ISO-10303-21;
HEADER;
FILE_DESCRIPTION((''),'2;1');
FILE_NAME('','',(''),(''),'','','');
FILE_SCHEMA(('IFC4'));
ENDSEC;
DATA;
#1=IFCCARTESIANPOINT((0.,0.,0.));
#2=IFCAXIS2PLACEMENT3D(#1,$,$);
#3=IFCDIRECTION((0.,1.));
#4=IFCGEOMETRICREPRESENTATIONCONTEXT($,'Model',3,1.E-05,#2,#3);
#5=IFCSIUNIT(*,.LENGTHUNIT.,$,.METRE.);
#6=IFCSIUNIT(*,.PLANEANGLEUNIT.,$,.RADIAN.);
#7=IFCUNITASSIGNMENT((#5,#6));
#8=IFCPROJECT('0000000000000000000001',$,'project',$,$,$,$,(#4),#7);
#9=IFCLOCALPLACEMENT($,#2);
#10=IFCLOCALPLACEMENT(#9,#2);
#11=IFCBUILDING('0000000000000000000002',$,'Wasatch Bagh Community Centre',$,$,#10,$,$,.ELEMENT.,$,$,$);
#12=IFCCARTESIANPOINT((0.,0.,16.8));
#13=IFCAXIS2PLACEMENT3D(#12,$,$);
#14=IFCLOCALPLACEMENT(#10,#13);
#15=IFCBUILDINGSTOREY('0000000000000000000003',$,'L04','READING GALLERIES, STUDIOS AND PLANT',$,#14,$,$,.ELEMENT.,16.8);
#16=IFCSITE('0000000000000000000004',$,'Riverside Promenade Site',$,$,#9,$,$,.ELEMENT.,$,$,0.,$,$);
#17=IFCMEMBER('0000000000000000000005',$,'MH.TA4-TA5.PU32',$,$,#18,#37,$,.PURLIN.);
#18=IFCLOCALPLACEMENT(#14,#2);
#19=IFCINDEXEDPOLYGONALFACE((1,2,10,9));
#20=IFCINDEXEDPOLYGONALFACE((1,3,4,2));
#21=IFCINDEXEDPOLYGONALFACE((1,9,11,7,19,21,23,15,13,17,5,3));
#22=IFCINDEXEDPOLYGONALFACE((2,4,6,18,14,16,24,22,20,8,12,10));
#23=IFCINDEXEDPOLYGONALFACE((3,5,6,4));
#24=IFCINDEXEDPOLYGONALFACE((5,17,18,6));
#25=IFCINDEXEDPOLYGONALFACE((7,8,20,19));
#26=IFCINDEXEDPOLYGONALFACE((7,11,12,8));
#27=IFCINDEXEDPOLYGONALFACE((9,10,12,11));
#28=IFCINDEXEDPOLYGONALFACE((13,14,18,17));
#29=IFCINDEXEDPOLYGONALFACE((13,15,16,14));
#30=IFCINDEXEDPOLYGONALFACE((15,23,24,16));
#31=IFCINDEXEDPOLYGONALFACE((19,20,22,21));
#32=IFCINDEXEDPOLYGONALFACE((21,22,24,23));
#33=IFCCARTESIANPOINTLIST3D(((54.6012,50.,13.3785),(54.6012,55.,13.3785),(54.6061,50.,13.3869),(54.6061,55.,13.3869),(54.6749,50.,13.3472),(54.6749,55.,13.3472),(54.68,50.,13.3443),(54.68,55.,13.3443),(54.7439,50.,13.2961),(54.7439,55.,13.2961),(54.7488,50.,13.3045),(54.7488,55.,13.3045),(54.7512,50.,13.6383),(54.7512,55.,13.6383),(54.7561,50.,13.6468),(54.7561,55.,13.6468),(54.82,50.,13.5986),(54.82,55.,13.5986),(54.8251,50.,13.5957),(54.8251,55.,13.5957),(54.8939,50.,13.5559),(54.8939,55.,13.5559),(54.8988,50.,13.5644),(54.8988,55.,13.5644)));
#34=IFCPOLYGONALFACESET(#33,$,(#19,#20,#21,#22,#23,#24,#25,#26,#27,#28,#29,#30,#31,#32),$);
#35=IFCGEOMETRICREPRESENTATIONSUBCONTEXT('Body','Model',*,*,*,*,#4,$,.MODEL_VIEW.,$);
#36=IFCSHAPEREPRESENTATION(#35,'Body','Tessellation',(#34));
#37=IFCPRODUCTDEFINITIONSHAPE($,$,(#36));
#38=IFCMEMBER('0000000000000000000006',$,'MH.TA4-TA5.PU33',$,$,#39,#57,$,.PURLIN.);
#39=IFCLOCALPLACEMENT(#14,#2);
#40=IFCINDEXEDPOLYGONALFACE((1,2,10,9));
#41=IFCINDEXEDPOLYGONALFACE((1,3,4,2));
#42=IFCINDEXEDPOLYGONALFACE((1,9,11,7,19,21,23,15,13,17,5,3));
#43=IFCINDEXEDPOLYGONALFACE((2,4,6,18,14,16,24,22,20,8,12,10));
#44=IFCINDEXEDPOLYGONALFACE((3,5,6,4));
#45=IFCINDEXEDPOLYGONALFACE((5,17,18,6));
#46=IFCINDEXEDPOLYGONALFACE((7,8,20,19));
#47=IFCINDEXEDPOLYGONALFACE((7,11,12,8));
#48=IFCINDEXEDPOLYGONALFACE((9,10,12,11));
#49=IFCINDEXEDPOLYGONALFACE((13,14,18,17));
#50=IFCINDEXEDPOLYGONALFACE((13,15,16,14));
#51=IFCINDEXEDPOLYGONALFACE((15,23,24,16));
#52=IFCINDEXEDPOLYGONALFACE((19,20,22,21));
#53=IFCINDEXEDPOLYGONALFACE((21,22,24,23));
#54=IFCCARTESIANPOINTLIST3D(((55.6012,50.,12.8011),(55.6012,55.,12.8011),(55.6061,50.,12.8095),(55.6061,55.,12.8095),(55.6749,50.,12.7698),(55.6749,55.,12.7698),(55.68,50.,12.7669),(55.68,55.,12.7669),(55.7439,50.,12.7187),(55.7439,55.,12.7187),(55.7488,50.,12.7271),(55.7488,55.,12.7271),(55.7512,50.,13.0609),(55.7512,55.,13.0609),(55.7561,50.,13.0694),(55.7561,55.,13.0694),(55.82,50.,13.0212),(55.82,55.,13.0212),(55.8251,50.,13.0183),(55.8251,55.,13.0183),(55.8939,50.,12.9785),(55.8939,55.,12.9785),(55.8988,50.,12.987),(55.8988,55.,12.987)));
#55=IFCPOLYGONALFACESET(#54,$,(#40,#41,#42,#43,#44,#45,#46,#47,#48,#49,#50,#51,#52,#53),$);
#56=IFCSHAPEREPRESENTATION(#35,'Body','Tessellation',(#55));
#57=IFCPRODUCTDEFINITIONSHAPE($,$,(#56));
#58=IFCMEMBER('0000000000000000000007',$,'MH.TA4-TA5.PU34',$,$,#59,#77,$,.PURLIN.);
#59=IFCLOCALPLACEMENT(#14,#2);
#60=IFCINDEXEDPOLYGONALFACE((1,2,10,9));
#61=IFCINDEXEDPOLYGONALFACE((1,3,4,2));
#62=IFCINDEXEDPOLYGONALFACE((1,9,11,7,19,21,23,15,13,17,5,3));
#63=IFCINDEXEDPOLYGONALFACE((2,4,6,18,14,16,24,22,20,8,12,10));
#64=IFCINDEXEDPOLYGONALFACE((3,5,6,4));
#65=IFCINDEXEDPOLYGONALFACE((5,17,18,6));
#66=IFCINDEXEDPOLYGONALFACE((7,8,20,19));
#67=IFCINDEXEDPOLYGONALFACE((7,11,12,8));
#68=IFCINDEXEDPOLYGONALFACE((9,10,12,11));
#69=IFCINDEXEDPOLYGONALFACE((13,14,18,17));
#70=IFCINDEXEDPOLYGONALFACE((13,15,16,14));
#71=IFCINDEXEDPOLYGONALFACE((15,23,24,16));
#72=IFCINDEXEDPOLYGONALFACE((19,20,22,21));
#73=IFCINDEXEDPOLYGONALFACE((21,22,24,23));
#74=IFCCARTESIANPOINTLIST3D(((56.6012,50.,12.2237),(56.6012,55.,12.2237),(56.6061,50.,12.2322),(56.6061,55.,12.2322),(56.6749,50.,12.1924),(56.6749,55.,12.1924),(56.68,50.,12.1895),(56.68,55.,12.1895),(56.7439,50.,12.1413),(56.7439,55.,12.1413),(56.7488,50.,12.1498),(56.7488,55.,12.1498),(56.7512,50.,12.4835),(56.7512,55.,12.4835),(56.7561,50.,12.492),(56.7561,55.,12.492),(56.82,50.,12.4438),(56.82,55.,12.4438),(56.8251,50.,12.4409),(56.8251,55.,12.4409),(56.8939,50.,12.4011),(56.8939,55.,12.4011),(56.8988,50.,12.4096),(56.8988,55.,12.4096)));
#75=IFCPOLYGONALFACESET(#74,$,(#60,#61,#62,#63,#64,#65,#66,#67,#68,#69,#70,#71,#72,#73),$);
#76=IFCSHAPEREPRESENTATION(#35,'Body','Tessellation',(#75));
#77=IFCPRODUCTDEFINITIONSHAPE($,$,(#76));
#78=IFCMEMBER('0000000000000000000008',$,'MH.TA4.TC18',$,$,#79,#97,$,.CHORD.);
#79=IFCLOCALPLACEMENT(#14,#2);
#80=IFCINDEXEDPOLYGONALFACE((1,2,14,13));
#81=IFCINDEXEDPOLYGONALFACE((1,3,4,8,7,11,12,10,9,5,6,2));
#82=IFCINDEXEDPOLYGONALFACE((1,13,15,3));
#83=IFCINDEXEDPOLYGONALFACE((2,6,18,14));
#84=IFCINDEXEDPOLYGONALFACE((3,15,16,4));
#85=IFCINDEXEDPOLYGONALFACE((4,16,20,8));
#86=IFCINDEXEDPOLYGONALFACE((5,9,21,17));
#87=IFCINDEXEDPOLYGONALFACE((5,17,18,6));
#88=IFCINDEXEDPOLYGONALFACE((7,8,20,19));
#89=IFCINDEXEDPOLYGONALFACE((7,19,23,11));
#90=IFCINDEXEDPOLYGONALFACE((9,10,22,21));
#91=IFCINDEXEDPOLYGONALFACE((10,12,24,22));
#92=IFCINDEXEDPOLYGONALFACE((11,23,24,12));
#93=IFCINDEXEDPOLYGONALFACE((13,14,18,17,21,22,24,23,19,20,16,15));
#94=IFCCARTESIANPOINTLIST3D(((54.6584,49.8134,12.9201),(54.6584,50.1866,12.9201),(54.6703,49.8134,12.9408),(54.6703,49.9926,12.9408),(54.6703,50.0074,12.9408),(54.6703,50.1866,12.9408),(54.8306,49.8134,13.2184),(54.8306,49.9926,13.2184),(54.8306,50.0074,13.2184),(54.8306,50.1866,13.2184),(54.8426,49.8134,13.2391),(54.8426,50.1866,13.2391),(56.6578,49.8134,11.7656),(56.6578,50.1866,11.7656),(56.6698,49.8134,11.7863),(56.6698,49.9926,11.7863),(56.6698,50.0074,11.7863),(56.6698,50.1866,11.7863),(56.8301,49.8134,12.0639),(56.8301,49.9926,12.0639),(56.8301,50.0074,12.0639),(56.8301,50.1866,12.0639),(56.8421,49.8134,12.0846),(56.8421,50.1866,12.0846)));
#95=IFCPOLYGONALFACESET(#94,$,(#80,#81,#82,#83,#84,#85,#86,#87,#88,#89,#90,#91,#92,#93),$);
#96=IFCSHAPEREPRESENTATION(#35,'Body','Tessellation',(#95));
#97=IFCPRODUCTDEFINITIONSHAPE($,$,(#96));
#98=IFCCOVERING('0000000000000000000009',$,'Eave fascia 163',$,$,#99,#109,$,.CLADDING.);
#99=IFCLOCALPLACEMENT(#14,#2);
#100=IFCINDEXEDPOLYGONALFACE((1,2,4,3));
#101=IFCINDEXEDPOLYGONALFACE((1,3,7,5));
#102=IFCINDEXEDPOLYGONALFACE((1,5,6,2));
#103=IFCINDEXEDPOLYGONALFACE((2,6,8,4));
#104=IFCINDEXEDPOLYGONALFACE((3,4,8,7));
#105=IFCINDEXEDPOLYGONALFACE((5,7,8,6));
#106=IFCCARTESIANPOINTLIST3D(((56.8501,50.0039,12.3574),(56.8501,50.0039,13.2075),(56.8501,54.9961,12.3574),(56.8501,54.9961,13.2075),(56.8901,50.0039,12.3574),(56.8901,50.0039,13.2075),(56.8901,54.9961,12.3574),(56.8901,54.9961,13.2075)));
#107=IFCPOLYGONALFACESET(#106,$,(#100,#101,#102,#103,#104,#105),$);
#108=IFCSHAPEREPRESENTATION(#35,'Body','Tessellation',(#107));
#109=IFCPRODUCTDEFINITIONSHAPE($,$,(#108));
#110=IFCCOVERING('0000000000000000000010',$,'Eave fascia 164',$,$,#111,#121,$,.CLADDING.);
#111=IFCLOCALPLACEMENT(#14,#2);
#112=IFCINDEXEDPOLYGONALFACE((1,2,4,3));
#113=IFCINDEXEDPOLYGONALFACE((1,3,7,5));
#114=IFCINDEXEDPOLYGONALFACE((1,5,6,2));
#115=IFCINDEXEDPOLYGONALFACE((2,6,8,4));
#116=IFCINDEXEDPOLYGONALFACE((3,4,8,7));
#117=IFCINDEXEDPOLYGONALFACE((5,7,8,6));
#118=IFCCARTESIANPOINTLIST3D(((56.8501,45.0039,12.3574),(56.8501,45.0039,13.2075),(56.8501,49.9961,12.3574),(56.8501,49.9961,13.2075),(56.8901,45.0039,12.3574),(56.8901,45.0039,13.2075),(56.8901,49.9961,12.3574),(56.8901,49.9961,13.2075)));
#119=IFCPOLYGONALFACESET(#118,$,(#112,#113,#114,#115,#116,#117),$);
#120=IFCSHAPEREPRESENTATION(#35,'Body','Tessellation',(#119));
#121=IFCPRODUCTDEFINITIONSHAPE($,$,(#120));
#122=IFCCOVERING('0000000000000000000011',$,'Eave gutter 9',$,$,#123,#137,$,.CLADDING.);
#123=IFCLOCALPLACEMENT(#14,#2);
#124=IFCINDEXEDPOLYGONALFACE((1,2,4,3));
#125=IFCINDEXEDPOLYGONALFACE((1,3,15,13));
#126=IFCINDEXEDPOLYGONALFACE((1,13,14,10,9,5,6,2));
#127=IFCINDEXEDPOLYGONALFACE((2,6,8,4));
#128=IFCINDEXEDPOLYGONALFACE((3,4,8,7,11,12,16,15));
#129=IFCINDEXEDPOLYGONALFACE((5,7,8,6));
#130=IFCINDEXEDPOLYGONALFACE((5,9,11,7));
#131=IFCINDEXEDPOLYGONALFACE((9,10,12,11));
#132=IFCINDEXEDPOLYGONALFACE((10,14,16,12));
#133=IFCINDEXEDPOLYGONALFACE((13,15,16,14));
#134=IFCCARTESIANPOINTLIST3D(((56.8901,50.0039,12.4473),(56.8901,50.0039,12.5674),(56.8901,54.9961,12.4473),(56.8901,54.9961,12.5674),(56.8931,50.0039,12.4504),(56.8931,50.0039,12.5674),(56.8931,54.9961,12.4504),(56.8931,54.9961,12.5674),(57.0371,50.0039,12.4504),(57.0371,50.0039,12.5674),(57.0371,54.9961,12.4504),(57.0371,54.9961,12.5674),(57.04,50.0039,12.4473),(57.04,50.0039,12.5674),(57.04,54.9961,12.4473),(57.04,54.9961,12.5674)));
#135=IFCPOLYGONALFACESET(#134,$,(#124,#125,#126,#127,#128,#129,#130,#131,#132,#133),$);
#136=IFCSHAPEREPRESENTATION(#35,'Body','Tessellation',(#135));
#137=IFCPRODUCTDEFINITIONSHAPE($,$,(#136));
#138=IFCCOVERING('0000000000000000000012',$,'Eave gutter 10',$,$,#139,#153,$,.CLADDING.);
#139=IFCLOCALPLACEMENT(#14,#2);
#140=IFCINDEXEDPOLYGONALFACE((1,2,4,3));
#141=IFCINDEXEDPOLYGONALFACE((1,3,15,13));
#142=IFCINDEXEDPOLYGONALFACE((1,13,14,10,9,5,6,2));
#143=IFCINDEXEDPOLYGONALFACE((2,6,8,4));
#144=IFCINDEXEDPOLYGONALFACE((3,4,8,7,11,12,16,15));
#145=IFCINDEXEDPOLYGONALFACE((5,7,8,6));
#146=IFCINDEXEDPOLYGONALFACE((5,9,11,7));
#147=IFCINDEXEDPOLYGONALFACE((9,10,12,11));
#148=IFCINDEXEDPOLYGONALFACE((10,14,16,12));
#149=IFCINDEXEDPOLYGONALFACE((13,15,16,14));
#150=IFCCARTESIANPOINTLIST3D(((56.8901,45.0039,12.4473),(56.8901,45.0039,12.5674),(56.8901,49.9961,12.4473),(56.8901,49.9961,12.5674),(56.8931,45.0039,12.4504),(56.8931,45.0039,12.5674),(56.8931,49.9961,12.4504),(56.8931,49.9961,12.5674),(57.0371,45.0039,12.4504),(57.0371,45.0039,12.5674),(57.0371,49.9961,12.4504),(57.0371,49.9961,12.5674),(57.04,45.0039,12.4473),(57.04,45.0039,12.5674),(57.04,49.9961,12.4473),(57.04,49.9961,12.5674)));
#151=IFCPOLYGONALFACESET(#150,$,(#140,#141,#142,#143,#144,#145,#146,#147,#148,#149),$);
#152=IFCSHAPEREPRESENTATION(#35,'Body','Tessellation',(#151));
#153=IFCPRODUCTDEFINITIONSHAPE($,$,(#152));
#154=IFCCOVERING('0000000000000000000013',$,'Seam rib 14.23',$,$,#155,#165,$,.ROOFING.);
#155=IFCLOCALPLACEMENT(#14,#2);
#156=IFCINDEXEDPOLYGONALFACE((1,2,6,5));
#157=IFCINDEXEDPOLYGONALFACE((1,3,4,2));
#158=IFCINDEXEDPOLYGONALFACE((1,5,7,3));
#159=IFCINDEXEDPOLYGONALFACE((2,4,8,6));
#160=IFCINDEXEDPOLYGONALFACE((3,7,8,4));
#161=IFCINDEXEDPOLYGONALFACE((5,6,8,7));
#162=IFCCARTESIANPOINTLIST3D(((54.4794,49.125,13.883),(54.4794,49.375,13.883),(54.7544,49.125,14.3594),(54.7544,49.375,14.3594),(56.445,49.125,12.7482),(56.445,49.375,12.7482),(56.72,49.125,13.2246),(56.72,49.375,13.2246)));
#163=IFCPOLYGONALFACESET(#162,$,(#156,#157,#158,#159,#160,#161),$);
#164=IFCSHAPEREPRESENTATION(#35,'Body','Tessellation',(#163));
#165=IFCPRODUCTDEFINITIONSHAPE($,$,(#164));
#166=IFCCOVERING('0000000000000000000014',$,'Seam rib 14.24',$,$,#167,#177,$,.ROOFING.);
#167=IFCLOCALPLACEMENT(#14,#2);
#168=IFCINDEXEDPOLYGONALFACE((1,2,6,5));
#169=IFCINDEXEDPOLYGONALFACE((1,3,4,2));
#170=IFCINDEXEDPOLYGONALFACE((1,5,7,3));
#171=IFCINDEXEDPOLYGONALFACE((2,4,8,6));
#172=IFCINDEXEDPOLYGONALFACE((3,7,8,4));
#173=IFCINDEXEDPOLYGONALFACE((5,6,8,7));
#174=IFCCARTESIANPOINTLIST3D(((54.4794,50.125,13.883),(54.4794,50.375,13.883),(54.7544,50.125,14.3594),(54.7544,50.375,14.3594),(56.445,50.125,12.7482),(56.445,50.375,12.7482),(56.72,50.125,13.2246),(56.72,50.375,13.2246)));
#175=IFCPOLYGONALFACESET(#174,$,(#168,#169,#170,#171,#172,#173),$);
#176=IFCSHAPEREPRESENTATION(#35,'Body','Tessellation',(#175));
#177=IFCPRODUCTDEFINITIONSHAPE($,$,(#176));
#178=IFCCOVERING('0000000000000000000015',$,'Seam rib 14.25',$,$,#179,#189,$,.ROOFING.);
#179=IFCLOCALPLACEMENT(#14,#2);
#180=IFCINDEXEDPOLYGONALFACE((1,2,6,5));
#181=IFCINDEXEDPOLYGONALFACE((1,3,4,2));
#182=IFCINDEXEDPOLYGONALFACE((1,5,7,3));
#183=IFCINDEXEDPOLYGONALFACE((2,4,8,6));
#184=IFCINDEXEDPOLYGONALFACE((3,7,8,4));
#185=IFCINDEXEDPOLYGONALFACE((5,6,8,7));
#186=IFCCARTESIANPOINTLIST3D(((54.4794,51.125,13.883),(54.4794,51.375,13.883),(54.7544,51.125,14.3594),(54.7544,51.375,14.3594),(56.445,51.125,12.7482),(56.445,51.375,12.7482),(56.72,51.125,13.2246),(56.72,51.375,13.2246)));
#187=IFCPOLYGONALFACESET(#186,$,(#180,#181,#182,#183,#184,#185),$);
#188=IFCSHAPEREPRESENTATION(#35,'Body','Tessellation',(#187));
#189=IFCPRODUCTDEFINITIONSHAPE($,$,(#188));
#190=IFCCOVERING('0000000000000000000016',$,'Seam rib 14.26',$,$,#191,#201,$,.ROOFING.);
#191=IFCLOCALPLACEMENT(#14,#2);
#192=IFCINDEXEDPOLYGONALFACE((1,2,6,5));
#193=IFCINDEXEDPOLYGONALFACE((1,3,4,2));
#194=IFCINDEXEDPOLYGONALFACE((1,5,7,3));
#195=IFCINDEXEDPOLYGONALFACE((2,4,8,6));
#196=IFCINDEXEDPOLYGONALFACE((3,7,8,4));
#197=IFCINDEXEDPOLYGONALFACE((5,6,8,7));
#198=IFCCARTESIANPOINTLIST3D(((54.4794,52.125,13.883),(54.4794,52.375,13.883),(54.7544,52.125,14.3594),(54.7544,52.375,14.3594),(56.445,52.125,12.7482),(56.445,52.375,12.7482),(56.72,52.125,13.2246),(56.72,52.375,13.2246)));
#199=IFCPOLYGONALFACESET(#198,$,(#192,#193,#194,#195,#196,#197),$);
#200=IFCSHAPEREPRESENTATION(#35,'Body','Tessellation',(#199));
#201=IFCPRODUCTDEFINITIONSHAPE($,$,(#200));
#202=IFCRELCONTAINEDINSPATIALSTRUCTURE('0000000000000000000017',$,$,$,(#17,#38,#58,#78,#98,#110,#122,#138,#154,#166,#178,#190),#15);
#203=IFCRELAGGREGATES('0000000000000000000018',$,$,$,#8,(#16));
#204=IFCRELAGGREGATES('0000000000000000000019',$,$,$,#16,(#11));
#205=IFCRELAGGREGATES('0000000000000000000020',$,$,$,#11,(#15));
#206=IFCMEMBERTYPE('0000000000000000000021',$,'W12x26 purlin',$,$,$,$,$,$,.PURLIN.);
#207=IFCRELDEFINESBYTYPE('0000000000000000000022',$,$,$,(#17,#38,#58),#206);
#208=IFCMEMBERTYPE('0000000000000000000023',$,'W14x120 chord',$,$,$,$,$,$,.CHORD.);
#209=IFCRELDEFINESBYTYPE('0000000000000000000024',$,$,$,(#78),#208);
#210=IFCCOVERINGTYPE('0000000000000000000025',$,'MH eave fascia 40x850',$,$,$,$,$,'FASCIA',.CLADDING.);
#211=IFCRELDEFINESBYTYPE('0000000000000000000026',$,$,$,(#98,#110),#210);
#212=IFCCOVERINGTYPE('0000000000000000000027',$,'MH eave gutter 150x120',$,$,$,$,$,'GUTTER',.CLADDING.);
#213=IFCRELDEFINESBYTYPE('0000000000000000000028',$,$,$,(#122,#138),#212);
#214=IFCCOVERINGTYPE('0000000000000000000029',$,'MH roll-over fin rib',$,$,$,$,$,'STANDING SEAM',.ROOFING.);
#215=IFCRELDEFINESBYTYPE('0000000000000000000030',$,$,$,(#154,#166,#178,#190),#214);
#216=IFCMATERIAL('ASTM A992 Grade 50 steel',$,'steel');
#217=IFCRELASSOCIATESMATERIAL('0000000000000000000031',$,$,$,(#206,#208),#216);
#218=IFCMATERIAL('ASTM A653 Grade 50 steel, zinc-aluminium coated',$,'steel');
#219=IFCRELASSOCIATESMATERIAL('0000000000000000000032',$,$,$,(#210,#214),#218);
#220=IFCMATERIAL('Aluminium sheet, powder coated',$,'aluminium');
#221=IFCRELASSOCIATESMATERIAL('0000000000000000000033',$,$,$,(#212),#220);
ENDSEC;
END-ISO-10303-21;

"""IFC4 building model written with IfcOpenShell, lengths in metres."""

from ifc_helpers import new_model, si_unit, direction, frame, origin, origin_2d, place, context, subcontext, project, spatial, polyline, rectangle, i_section, outline, extrude, material, material_profile, profile_set, type_object, element, save


model = new_model("IFC4")

# Units and contexts
model_context = context("Model", 3, precision=1e-05, world=origin(), true_north=direction((0.0, 1.0)))
body_context = subcontext(model_context, "Body", "Model", "MODEL_VIEW")
ifc_project = project(units=[si_unit("LENGTHUNIT", "METRE"), si_unit("PLANEANGLEUNIT", "RADIAN")], contexts=[model_context])

# Site, building, storey
site_placement = place(None, origin())
site = spatial("IfcSite", under=ifc_project, at=site_placement, Name="Riverside Promenade Site", CompositionType="ELEMENT", RefElevation=0.0)
building_placement = place(site_placement, origin())
building = spatial("IfcBuilding", under=site, at=building_placement, Name="Wasatch Bagh Community Centre", CompositionType="ELEMENT")
storey_placement = place(building_placement, frame((0.0, 0.0, 16.8)))
storey = spatial("IfcBuildingStorey", under=building, at=storey_placement, Name="L04", Description="READING GALLERIES, STUDIOS AND PLANT", CompositionType="ELEMENT", Elevation=16.8)

# Members
ifc_material_1 = material(Name="ASTM A992 Grade 50 steel", Category="steel")
ifc_material_profile_1 = material_profile(ifc_material_1, i_section(OverallWidth=0.1648, OverallDepth=0.3098, WebThickness=0.0059, FlangeThickness=0.0098, at=origin_2d()), Name="W12x26")
ifc_profile_set_1 = profile_set([ifc_material_profile_1], Name="ASTM A992 Grade 50 steel")
member_type_1 = type_object("IfcMemberType", Name="W12x26 purlin", PredefinedType="PURLIN", material=ifc_profile_set_1)
for number, where, z_axis, x_axis, name in (
    (1, (54.75, 50.0, 13.4714), (0.0, 1.0, 0.0), (-0.866025, 0.0, 0.5), "MH.TA4-TA5.PU32"),
    (2, (55.75, 50.0, 12.894), (0.0, 1.0, 0.0), (-0.866025, 0.0, 0.5), "MH.TA4-TA5.PU33"),
    (3, (56.75, 50.0, 12.3167), (0.0, 1.0, 0.0), (-0.866025, 0.0, 0.5), "MH.TA4-TA5.PU34"),
):
    element("IfcMember", number, at=place(storey_placement, frame(where, z_axis=z_axis, x_axis=x_axis)), inside=storey, type_object=member_type_1, Name=name, PredefinedType="PURLIN", context=body_context, shape_type="SweptSolid", body=[
        extrude(i_section(OverallWidth=0.1648, OverallDepth=0.3098, WebThickness=0.0059, FlangeThickness=0.0098, at=origin_2d()), origin(), (0.0, 0.0, 1.0), 5.0),
    ])
ifc_material_profile_2 = material_profile(ifc_material_1, i_section(OverallWidth=0.3733, OverallDepth=0.3684, WebThickness=0.0149, FlangeThickness=0.0239, at=origin_2d()), Name="W14x120")
ifc_profile_set_2 = profile_set([ifc_material_profile_2], Name="ASTM A992 Grade 50 steel")
member_type_2 = type_object("IfcMemberType", Name="W14x120 chord", PredefinedType="CHORD", material=ifc_profile_set_2)
member_placement = place(storey_placement, frame((54.7505, 50.0, 13.0796), z_axis=(0.866002, 0.0, -0.50004), x_axis=(0.0, 1.0, 0.0)))
element("IfcMember", 4, at=member_placement, inside=storey, type_object=member_type_2, Name="MH.TA4.TC18", PredefinedType="CHORD", context=body_context, shape_type="SweptSolid", body=[
    extrude(i_section(OverallWidth=0.3733, OverallDepth=0.3684, WebThickness=0.0149, FlangeThickness=0.0239, at=origin_2d()), origin(), (0.0, 0.0, 1.0), 2.3088),
])

# Coverings
ifc_material_2 = material(Name="ASTM A653 Grade 50 steel, zinc-aluminium coated", Category="steel")
ifc_material_profile_3 = material_profile(ifc_material_2, rectangle(XDim=0.04, YDim=0.8501, at=origin_2d()), Name="FASCIA 40x850")
ifc_profile_set_3 = profile_set([ifc_material_profile_3], Name="ASTM A653 Grade 50 steel, zinc-aluminium coated")
covering_type_1 = type_object("IfcCoveringType", Name="MH eave fascia 40x850", ElementType="FASCIA", PredefinedType="CLADDING", material=ifc_profile_set_3)
for number, where, z_axis, x_axis, name in (
    (5, (56.8701, 54.9961, 12.7825), (0.0, -1.0, 0.0), (1.0, 0.0, 0.0), "Eave fascia 163"),
    (6, (56.8701, 49.9961, 12.7825), (0.0, -1.0, 0.0), (1.0, 0.0, 0.0), "Eave fascia 164"),
):
    element("IfcCovering", number, at=place(storey_placement, frame(where, z_axis=z_axis, x_axis=x_axis)), inside=storey, type_object=covering_type_1, Name=name, PredefinedType="CLADDING", context=body_context, shape_type="SweptSolid", body=[
        extrude(rectangle(XDim=0.04, YDim=0.8501, at=origin_2d()), origin(), (0.0, 0.0, 1.0), 4.9922),
    ])
ifc_material_3 = material(Name="Aluminium sheet, powder coated", Category="aluminium")
ifc_material_profile_4 = material_profile(ifc_material_3, outline(polyline([(-0.075, 0.0), (-0.075, -0.1201), (0.075, -0.1201), (0.075, 0.0), (0.072, 0.0), (0.072, -0.1169), (-0.072, -0.1169), (-0.072, 0.0), (-0.075, 0.0)])), Name="GUTTER 150x120")
ifc_profile_set_4 = profile_set([ifc_material_profile_4], Name="Aluminium sheet, powder coated")
covering_type_2 = type_object("IfcCoveringType", Name="MH eave gutter 150x120", ElementType="GUTTER", PredefinedType="CLADDING", material=ifc_profile_set_4)
for number, where, z_axis, x_axis, name in (
    (7, (56.9651, 54.9961, 12.5674), (0.0, -1.0, 0.0), (1.0, 0.0, 0.0), "Eave gutter 9"),
    (8, (56.9651, 49.9961, 12.5674), (0.0, -1.0, 0.0), (1.0, 0.0, 0.0), "Eave gutter 10"),
):
    element("IfcCovering", number, at=place(storey_placement, frame(where, z_axis=z_axis, x_axis=x_axis)), inside=storey, type_object=covering_type_2, Name=name, PredefinedType="CLADDING", context=body_context, shape_type="SweptSolid", body=[
        extrude(outline(polyline([(-0.075, 0.0), (-0.075, -0.1201), (0.075, -0.1201), (0.075, 0.0), (0.072, 0.0), (0.072, -0.1169), (-0.072, -0.1169), (-0.072, 0.0), (-0.075, 0.0)])), origin(), (0.0, 0.0, 1.0), 4.9922),
    ])
covering_type_3 = type_object("IfcCoveringType", Name="MH roll-over fin rib", ElementType="STANDING SEAM", PredefinedType="ROOFING", material=ifc_material_2)
for number, where, z_axis, x_axis, name in (
    (9, (54.7544, 49.125, 14.3594), (0.49998, 0.0, 0.866037), (0.866037, 0.0, -0.49998), "Seam rib 14.23"),
    (10, (54.7544, 50.125, 14.3594), (0.49998, 0.0, 0.866037), (0.866037, 0.0, -0.49998), "Seam rib 14.24"),
    (11, (54.7544, 51.125, 14.3594), (0.49998, 0.0, 0.866037), (0.866037, 0.0, -0.49998), "Seam rib 14.25"),
    (12, (54.7544, 52.125, 14.3594), (0.49998, 0.0, 0.866037), (0.866037, 0.0, -0.49998), "Seam rib 14.26"),
):
    element("IfcCovering", number, at=place(storey_placement, frame(where, z_axis=z_axis, x_axis=x_axis)), inside=storey, type_object=covering_type_3, Name=name, PredefinedType="ROOFING", context=body_context, shape_type="SweptSolid", body=[
        extrude(outline(polyline([(0.0, 0.0), (2.2696, 0.0), (2.2696, 0.25), (0.0, 0.25), (0.0, 0.0)])), origin(), (0.0, 0.0, -1.0), 0.55),
    ])

save(model, "model.ifc")
